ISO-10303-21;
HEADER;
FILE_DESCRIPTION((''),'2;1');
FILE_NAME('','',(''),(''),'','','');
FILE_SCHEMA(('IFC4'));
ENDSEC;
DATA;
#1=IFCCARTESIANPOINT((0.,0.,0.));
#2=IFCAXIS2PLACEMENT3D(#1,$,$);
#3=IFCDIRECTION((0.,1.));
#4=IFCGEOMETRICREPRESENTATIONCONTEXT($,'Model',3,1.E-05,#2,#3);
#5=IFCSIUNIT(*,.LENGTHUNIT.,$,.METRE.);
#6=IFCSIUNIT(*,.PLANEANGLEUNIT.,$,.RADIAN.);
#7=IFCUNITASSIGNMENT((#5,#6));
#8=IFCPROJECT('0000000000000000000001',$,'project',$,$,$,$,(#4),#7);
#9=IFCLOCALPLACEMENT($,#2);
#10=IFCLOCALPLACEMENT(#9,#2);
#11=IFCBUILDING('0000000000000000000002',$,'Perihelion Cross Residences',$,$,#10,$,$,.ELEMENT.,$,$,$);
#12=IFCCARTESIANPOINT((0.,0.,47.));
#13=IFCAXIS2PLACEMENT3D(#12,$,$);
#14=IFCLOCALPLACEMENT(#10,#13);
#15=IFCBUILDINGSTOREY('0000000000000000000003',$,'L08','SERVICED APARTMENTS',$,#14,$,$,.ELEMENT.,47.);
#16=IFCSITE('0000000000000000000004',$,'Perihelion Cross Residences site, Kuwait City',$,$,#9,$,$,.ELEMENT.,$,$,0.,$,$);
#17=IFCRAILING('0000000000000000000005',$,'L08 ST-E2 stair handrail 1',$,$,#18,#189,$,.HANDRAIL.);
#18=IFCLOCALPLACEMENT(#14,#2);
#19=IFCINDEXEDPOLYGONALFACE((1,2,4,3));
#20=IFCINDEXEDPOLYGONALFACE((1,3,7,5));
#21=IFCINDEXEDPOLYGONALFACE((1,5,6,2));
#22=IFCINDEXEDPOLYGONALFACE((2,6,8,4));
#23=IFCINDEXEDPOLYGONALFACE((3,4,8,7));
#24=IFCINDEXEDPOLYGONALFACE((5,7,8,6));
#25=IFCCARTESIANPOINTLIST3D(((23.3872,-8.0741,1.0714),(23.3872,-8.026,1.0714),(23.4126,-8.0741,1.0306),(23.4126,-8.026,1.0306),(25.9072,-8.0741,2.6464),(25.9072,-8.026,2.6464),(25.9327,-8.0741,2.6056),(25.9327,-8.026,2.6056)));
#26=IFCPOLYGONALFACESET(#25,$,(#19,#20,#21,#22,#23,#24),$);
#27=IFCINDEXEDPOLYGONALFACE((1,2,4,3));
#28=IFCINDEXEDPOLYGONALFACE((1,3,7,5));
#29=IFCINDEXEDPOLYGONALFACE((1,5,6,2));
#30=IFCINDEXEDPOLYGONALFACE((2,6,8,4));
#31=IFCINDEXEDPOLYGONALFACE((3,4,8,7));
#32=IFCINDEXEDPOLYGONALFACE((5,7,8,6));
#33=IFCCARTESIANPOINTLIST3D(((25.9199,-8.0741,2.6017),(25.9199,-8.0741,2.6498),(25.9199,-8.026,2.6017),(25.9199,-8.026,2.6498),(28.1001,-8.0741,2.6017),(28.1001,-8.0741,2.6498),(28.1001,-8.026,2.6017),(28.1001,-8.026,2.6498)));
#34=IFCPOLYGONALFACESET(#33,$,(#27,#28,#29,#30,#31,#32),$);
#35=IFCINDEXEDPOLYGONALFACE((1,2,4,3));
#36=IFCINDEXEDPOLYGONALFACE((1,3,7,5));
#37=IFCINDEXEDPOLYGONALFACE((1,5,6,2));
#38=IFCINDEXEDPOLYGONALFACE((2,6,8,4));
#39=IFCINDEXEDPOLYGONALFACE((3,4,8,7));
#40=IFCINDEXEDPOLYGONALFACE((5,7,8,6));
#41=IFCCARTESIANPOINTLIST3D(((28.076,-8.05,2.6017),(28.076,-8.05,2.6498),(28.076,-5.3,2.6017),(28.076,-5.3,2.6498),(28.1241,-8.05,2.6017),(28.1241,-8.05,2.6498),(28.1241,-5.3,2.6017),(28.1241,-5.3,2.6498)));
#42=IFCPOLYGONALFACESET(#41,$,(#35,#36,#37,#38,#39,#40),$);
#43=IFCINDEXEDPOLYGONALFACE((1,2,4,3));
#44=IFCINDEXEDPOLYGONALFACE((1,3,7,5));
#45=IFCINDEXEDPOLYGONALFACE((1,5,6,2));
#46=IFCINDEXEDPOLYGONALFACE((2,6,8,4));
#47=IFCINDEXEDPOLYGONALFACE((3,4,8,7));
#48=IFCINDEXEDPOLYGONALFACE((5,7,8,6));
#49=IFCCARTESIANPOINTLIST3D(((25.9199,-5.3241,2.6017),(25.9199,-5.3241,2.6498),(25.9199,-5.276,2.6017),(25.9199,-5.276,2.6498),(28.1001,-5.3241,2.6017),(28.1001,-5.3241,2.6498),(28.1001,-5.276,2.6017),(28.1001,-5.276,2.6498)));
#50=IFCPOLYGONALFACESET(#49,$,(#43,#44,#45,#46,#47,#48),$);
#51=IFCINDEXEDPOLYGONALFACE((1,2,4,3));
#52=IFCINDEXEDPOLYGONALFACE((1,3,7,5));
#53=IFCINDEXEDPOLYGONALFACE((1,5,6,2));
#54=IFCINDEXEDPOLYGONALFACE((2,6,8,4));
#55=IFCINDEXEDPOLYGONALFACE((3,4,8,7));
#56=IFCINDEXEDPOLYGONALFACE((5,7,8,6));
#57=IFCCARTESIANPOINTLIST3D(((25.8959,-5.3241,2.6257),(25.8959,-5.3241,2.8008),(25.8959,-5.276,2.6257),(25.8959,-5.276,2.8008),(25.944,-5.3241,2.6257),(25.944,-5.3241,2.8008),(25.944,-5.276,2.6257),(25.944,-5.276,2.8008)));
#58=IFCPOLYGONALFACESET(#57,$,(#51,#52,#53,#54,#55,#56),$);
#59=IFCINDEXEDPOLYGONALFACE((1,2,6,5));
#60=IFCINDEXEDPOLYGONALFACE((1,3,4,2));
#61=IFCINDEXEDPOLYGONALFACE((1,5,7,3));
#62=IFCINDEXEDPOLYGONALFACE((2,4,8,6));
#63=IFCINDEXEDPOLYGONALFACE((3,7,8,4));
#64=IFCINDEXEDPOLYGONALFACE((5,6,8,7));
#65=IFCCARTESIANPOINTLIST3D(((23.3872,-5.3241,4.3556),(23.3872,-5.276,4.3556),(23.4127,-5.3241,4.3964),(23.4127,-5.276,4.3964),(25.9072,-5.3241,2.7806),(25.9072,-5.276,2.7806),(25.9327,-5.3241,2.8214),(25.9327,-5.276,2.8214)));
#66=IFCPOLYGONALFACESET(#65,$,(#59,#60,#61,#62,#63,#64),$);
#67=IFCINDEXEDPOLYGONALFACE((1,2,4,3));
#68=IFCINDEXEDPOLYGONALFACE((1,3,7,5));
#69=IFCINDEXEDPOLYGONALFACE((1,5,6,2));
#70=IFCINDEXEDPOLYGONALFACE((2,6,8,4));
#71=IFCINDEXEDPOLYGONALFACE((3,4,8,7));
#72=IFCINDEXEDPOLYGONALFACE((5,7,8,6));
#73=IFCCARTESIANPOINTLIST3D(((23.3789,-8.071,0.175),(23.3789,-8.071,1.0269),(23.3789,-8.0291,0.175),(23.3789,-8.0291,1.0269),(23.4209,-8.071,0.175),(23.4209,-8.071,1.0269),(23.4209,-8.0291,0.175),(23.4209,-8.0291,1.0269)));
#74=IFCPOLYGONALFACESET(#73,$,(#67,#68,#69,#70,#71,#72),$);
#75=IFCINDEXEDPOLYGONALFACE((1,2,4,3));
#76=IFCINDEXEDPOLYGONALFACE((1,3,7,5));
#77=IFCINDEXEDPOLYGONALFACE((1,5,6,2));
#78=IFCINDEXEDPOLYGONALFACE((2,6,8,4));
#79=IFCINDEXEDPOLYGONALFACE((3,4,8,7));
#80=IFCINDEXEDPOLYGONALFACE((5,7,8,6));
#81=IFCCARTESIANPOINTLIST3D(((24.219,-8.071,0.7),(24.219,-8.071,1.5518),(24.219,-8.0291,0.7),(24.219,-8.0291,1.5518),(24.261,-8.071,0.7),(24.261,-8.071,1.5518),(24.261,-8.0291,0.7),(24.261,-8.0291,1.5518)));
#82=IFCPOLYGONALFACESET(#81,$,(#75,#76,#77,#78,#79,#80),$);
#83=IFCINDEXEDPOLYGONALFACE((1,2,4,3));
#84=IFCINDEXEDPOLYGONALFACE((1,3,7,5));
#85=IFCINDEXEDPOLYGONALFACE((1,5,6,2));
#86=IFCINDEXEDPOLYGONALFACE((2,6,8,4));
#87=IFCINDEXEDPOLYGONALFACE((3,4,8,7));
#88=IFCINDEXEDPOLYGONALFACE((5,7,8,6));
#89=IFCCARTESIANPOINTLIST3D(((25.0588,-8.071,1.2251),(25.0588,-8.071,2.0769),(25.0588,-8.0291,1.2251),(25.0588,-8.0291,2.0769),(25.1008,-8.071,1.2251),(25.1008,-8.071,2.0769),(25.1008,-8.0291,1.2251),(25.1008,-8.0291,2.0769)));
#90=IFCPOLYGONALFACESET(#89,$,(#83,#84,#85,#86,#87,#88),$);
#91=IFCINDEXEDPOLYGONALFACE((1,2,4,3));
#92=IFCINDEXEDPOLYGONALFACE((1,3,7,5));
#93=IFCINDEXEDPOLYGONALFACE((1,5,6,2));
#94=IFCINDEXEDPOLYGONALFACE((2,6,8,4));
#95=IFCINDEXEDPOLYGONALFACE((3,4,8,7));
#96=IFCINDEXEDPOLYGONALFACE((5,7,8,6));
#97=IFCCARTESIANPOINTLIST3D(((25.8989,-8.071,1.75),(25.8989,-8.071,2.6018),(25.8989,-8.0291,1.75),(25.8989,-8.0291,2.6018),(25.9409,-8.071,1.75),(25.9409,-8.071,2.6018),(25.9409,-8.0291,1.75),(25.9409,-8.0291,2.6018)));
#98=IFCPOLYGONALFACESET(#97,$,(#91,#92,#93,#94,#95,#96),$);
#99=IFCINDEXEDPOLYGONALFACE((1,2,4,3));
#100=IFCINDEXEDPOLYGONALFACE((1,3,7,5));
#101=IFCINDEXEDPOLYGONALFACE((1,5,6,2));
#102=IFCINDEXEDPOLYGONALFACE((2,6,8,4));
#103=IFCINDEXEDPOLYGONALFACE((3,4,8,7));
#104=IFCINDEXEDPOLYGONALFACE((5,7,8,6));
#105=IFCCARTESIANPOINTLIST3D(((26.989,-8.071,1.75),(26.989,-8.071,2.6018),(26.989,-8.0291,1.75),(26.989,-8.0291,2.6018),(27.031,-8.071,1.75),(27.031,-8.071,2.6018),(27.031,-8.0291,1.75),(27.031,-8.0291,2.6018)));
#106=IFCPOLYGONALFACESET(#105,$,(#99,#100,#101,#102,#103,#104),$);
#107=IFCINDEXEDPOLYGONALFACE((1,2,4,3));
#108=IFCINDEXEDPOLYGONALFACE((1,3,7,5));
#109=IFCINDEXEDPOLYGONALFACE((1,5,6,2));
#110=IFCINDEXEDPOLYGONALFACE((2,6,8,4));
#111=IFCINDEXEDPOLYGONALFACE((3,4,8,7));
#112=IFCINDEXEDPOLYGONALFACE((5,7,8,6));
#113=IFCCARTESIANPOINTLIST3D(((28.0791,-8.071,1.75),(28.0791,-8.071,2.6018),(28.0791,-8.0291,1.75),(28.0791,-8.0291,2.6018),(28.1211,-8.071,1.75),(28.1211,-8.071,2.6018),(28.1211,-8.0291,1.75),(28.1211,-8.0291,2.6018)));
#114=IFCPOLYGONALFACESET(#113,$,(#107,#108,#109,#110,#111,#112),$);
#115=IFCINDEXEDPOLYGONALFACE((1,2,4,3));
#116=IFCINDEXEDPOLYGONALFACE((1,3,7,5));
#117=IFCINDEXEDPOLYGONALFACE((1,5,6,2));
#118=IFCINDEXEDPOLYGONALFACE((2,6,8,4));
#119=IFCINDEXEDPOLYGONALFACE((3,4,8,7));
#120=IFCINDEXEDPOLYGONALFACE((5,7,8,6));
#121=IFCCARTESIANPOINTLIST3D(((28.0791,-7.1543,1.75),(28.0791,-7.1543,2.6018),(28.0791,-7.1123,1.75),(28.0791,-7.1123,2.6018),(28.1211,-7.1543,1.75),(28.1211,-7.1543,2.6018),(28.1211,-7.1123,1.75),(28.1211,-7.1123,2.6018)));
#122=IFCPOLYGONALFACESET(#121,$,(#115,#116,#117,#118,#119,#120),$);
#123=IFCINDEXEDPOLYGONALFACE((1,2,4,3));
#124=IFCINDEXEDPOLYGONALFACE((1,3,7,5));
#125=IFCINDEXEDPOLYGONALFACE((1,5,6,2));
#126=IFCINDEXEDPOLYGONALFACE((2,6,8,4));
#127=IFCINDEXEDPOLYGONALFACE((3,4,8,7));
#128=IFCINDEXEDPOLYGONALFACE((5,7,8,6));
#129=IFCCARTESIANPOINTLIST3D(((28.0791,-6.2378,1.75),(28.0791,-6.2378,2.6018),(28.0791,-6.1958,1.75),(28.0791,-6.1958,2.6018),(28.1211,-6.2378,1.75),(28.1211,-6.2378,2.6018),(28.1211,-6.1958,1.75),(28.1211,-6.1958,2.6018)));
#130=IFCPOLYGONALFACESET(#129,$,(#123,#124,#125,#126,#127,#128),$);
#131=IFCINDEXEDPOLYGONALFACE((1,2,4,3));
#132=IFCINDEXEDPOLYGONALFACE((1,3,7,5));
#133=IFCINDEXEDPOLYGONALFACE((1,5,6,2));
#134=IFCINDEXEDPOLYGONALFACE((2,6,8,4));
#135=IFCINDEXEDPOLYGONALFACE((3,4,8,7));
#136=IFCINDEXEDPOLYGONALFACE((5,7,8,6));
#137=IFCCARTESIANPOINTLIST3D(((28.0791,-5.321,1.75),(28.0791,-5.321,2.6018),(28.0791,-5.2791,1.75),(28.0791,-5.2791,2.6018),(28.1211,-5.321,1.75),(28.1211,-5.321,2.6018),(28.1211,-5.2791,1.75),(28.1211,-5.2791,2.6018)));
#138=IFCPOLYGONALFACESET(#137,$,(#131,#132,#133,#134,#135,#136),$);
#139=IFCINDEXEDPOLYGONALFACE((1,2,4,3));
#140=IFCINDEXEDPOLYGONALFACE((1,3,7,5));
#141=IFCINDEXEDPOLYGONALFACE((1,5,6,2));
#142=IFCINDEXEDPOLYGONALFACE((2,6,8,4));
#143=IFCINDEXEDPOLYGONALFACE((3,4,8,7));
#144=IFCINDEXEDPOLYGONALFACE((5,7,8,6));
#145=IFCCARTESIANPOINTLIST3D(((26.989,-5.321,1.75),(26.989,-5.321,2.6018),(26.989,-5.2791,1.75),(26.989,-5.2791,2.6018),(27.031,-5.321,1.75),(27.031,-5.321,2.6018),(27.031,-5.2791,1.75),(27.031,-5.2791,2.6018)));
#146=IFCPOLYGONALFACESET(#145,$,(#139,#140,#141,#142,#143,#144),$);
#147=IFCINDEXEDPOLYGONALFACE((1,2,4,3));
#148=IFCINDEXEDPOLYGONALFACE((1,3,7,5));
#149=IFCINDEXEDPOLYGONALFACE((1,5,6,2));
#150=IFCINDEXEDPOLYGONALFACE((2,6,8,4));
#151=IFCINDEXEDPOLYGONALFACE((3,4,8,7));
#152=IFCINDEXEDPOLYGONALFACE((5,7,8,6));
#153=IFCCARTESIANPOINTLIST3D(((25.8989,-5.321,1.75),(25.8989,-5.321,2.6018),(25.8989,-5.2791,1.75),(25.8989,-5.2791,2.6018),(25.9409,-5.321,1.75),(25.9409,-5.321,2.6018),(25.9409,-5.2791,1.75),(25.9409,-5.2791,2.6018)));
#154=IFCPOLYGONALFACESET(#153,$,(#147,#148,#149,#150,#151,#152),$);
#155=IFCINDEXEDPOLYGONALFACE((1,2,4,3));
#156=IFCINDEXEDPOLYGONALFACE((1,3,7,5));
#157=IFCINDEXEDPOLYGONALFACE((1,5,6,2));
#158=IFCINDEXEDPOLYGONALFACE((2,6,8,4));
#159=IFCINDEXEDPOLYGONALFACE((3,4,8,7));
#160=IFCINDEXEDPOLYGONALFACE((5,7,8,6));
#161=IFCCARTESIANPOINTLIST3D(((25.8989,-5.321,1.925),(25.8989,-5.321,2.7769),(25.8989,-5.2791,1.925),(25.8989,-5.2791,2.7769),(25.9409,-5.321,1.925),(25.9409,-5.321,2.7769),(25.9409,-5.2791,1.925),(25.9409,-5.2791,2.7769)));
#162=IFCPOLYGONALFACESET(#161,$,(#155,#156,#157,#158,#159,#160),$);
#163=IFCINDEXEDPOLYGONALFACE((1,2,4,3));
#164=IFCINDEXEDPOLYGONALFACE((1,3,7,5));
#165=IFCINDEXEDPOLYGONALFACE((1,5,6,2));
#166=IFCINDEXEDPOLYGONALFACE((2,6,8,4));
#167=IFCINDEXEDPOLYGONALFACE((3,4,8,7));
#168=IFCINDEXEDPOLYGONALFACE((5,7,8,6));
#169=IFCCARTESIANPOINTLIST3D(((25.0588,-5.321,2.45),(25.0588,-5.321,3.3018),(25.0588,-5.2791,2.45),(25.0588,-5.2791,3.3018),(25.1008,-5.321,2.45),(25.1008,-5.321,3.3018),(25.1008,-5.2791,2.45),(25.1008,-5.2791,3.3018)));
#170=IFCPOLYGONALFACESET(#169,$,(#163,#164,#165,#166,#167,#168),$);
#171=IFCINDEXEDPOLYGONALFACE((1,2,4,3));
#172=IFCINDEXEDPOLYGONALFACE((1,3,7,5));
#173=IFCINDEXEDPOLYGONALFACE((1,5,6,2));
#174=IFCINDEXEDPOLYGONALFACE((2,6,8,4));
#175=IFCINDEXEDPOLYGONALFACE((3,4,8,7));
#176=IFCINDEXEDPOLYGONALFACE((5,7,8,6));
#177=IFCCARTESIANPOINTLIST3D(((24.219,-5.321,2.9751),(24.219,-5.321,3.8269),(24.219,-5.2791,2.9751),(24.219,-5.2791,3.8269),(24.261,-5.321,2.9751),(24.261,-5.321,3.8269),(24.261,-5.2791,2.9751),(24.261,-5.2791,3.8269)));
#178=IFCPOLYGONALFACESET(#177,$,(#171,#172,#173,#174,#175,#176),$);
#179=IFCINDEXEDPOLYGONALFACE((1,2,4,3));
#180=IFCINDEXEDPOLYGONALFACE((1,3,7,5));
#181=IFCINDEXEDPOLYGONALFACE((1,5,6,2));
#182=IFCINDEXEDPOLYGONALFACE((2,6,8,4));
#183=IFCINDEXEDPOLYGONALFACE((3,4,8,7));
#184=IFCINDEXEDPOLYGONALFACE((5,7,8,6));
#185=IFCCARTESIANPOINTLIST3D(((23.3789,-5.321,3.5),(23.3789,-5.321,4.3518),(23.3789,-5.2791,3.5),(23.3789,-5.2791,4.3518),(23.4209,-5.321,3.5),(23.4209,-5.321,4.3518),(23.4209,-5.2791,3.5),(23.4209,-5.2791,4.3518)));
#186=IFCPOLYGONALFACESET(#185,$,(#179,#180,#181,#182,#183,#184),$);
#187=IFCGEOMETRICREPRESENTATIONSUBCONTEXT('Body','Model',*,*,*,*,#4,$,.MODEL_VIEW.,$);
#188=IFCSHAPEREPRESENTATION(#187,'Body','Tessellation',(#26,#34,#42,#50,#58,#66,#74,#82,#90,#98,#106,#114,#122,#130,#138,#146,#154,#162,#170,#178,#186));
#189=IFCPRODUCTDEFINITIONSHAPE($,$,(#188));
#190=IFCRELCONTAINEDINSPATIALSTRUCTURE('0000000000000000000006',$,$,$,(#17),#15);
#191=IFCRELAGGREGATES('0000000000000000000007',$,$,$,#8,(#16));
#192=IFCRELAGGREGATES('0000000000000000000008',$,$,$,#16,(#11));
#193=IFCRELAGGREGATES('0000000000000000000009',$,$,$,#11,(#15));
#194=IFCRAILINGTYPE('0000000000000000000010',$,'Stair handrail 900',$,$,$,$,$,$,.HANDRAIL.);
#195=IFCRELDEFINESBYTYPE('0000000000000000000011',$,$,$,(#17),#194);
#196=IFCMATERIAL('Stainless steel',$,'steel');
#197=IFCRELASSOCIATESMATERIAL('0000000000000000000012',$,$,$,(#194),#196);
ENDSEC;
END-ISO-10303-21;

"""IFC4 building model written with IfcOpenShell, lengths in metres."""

from ifc_helpers import new_model, si_unit, direction, frame, origin, origin_2d, place, context, subcontext, project, spatial, rectangle, extrude, material, type_object, element, save


model = new_model("IFC4")

# Units and contexts
model_context = context("Model", 3, precision=1e-05, world=origin(), true_north=direction((0.0, 1.0)))
body_context = subcontext(model_context, "Body", "Model", "MODEL_VIEW")
ifc_project = project(units=[si_unit("LENGTHUNIT", "METRE"), si_unit("PLANEANGLEUNIT", "RADIAN")], contexts=[model_context])

# Site, building, storey
site_placement = place(None, origin())
site = spatial("IfcSite", under=ifc_project, at=site_placement, Name="Perihelion Cross Residences site, Kuwait City", CompositionType="ELEMENT", RefElevation=0.0)
building_placement = place(site_placement, origin())
building = spatial("IfcBuilding", under=site, at=building_placement, Name="Perihelion Cross Residences", CompositionType="ELEMENT")
storey_placement = place(building_placement, frame((0.0, 0.0, 47.0)))
storey = spatial("IfcBuildingStorey", under=building, at=storey_placement, Name="L08", Description="SERVICED APARTMENTS", CompositionType="ELEMENT", Elevation=47.0)

# Railing
ifc_material_1 = material(Name="Stainless steel", Category="steel")
railing_type_1 = type_object("IfcRailingType", Name="Stair handrail 900", PredefinedType="HANDRAIL", material=ifc_material_1)
railing_1_placement = place(storey_placement, frame((23.3999, -8.05, 0.175)))
element("IfcRailing", 1, at=railing_1_placement, inside=storey, type_object=railing_type_1, Name="L08 ST-E2 stair handrail 1", PredefinedType="HANDRAIL", context=body_context, shape_type="SweptSolid", body=[
    extrude(rectangle(XDim=0.0481, YDim=0.0481, at=origin_2d()), frame((0.0, 0.0, 0.876), z_axis=(0.848008, 0.0, 0.529984), x_axis=(0.0, 1.0, 0.0)), (0.0, 0.0, 1.0), 2.9717),
    extrude(rectangle(XDim=0.0481, YDim=0.0481, at=origin_2d()), frame((2.52, 0.0, 2.4507), z_axis=(1.0, 0.0, 0.0), x_axis=(0.0, 1.0, 0.0)), (0.0, 0.0, 1.0), 2.1802),
    extrude(rectangle(XDim=0.0481, YDim=0.0481, at=origin_2d()), frame((4.7002, 0.0, 2.4507), z_axis=(0.0, 1.0, 0.0), x_axis=(-1.0, 0.0, 0.0)), (0.0, 0.0, 1.0), 2.75),
    extrude(rectangle(XDim=0.0481, YDim=0.0481, at=origin_2d()), frame((4.7002, 2.75, 2.4507), z_axis=(-1.0, 0.0, 0.0), x_axis=(0.0, -1.0, 0.0)), (0.0, 0.0, 1.0), 2.1802),
    extrude(rectangle(XDim=0.0481, YDim=0.0481, at=origin_2d()), frame((2.52, 2.75, 2.4507), z_axis=(0.0, 0.0, 1.0), x_axis=(1.0, 0.0, 0.0)), (0.0, 0.0, 1.0), 0.175),
    extrude(rectangle(XDim=0.0481, YDim=0.0481, at=origin_2d()), frame((2.52, 2.75, 2.626), z_axis=(-0.848008, 0.0, 0.529984), x_axis=(0.0, -1.0, 0.0)), (0.0, 0.0, 1.0), 2.9717),
    extrude(rectangle(XDim=0.042, YDim=0.042, at=origin_2d()), origin(), (0.0, 0.0, 1.0), 0.8518),
    extrude(rectangle(XDim=0.042, YDim=0.042, at=origin_2d()), frame((0.8401, 0.0, 0.5249)), (0.0, 0.0, 1.0), 0.8518),
    extrude(rectangle(XDim=0.042, YDim=0.042, at=origin_2d()), frame((1.6799, 0.0, 1.05)), (0.0, 0.0, 1.0), 0.8518),
    extrude(rectangle(XDim=0.042, YDim=0.042, at=origin_2d()), frame((2.52, 0.0, 1.575)), (0.0, 0.0, 1.0), 0.8518),
    extrude(rectangle(XDim=0.042, YDim=0.042, at=origin_2d()), frame((3.6101, 0.0, 1.575)), (0.0, 0.0, 1.0), 0.8518),
    extrude(rectangle(XDim=0.042, YDim=0.042, at=origin_2d()), frame((4.7002, 0.0, 1.575)), (0.0, 0.0, 1.0), 0.8518),
    extrude(rectangle(XDim=0.042, YDim=0.042, at=origin_2d()), frame((4.7002, 0.9167, 1.575)), (0.0, 0.0, 1.0), 0.8518),
    extrude(rectangle(XDim=0.042, YDim=0.042, at=origin_2d()), frame((4.7002, 1.8333, 1.575)), (0.0, 0.0, 1.0), 0.8518),
    extrude(rectangle(XDim=0.042, YDim=0.042, at=origin_2d()), frame((4.7002, 2.75, 1.575)), (0.0, 0.0, 1.0), 0.8518),
    extrude(rectangle(XDim=0.042, YDim=0.042, at=origin_2d()), frame((3.6101, 2.75, 1.575)), (0.0, 0.0, 1.0), 0.8518),
    extrude(rectangle(XDim=0.042, YDim=0.042, at=origin_2d()), frame((2.52, 2.75, 1.575)), (0.0, 0.0, 1.0), 0.8518),
    extrude(rectangle(XDim=0.042, YDim=0.042, at=origin_2d()), frame((2.52, 2.75, 1.75)), (0.0, 0.0, 1.0), 0.8518),
    extrude(rectangle(XDim=0.042, YDim=0.042, at=origin_2d()), frame((1.6799, 2.75, 2.2749)), (0.0, 0.0, 1.0), 0.8518),
    extrude(rectangle(XDim=0.042, YDim=0.042, at=origin_2d()), frame((0.8401, 2.75, 2.8)), (0.0, 0.0, 1.0), 0.8518),
    extrude(rectangle(XDim=0.042, YDim=0.042, at=origin_2d()), frame((0.0, 2.75, 3.325)), (0.0, 0.0, 1.0), 0.8518),
])

save(model, "model.ifc")
